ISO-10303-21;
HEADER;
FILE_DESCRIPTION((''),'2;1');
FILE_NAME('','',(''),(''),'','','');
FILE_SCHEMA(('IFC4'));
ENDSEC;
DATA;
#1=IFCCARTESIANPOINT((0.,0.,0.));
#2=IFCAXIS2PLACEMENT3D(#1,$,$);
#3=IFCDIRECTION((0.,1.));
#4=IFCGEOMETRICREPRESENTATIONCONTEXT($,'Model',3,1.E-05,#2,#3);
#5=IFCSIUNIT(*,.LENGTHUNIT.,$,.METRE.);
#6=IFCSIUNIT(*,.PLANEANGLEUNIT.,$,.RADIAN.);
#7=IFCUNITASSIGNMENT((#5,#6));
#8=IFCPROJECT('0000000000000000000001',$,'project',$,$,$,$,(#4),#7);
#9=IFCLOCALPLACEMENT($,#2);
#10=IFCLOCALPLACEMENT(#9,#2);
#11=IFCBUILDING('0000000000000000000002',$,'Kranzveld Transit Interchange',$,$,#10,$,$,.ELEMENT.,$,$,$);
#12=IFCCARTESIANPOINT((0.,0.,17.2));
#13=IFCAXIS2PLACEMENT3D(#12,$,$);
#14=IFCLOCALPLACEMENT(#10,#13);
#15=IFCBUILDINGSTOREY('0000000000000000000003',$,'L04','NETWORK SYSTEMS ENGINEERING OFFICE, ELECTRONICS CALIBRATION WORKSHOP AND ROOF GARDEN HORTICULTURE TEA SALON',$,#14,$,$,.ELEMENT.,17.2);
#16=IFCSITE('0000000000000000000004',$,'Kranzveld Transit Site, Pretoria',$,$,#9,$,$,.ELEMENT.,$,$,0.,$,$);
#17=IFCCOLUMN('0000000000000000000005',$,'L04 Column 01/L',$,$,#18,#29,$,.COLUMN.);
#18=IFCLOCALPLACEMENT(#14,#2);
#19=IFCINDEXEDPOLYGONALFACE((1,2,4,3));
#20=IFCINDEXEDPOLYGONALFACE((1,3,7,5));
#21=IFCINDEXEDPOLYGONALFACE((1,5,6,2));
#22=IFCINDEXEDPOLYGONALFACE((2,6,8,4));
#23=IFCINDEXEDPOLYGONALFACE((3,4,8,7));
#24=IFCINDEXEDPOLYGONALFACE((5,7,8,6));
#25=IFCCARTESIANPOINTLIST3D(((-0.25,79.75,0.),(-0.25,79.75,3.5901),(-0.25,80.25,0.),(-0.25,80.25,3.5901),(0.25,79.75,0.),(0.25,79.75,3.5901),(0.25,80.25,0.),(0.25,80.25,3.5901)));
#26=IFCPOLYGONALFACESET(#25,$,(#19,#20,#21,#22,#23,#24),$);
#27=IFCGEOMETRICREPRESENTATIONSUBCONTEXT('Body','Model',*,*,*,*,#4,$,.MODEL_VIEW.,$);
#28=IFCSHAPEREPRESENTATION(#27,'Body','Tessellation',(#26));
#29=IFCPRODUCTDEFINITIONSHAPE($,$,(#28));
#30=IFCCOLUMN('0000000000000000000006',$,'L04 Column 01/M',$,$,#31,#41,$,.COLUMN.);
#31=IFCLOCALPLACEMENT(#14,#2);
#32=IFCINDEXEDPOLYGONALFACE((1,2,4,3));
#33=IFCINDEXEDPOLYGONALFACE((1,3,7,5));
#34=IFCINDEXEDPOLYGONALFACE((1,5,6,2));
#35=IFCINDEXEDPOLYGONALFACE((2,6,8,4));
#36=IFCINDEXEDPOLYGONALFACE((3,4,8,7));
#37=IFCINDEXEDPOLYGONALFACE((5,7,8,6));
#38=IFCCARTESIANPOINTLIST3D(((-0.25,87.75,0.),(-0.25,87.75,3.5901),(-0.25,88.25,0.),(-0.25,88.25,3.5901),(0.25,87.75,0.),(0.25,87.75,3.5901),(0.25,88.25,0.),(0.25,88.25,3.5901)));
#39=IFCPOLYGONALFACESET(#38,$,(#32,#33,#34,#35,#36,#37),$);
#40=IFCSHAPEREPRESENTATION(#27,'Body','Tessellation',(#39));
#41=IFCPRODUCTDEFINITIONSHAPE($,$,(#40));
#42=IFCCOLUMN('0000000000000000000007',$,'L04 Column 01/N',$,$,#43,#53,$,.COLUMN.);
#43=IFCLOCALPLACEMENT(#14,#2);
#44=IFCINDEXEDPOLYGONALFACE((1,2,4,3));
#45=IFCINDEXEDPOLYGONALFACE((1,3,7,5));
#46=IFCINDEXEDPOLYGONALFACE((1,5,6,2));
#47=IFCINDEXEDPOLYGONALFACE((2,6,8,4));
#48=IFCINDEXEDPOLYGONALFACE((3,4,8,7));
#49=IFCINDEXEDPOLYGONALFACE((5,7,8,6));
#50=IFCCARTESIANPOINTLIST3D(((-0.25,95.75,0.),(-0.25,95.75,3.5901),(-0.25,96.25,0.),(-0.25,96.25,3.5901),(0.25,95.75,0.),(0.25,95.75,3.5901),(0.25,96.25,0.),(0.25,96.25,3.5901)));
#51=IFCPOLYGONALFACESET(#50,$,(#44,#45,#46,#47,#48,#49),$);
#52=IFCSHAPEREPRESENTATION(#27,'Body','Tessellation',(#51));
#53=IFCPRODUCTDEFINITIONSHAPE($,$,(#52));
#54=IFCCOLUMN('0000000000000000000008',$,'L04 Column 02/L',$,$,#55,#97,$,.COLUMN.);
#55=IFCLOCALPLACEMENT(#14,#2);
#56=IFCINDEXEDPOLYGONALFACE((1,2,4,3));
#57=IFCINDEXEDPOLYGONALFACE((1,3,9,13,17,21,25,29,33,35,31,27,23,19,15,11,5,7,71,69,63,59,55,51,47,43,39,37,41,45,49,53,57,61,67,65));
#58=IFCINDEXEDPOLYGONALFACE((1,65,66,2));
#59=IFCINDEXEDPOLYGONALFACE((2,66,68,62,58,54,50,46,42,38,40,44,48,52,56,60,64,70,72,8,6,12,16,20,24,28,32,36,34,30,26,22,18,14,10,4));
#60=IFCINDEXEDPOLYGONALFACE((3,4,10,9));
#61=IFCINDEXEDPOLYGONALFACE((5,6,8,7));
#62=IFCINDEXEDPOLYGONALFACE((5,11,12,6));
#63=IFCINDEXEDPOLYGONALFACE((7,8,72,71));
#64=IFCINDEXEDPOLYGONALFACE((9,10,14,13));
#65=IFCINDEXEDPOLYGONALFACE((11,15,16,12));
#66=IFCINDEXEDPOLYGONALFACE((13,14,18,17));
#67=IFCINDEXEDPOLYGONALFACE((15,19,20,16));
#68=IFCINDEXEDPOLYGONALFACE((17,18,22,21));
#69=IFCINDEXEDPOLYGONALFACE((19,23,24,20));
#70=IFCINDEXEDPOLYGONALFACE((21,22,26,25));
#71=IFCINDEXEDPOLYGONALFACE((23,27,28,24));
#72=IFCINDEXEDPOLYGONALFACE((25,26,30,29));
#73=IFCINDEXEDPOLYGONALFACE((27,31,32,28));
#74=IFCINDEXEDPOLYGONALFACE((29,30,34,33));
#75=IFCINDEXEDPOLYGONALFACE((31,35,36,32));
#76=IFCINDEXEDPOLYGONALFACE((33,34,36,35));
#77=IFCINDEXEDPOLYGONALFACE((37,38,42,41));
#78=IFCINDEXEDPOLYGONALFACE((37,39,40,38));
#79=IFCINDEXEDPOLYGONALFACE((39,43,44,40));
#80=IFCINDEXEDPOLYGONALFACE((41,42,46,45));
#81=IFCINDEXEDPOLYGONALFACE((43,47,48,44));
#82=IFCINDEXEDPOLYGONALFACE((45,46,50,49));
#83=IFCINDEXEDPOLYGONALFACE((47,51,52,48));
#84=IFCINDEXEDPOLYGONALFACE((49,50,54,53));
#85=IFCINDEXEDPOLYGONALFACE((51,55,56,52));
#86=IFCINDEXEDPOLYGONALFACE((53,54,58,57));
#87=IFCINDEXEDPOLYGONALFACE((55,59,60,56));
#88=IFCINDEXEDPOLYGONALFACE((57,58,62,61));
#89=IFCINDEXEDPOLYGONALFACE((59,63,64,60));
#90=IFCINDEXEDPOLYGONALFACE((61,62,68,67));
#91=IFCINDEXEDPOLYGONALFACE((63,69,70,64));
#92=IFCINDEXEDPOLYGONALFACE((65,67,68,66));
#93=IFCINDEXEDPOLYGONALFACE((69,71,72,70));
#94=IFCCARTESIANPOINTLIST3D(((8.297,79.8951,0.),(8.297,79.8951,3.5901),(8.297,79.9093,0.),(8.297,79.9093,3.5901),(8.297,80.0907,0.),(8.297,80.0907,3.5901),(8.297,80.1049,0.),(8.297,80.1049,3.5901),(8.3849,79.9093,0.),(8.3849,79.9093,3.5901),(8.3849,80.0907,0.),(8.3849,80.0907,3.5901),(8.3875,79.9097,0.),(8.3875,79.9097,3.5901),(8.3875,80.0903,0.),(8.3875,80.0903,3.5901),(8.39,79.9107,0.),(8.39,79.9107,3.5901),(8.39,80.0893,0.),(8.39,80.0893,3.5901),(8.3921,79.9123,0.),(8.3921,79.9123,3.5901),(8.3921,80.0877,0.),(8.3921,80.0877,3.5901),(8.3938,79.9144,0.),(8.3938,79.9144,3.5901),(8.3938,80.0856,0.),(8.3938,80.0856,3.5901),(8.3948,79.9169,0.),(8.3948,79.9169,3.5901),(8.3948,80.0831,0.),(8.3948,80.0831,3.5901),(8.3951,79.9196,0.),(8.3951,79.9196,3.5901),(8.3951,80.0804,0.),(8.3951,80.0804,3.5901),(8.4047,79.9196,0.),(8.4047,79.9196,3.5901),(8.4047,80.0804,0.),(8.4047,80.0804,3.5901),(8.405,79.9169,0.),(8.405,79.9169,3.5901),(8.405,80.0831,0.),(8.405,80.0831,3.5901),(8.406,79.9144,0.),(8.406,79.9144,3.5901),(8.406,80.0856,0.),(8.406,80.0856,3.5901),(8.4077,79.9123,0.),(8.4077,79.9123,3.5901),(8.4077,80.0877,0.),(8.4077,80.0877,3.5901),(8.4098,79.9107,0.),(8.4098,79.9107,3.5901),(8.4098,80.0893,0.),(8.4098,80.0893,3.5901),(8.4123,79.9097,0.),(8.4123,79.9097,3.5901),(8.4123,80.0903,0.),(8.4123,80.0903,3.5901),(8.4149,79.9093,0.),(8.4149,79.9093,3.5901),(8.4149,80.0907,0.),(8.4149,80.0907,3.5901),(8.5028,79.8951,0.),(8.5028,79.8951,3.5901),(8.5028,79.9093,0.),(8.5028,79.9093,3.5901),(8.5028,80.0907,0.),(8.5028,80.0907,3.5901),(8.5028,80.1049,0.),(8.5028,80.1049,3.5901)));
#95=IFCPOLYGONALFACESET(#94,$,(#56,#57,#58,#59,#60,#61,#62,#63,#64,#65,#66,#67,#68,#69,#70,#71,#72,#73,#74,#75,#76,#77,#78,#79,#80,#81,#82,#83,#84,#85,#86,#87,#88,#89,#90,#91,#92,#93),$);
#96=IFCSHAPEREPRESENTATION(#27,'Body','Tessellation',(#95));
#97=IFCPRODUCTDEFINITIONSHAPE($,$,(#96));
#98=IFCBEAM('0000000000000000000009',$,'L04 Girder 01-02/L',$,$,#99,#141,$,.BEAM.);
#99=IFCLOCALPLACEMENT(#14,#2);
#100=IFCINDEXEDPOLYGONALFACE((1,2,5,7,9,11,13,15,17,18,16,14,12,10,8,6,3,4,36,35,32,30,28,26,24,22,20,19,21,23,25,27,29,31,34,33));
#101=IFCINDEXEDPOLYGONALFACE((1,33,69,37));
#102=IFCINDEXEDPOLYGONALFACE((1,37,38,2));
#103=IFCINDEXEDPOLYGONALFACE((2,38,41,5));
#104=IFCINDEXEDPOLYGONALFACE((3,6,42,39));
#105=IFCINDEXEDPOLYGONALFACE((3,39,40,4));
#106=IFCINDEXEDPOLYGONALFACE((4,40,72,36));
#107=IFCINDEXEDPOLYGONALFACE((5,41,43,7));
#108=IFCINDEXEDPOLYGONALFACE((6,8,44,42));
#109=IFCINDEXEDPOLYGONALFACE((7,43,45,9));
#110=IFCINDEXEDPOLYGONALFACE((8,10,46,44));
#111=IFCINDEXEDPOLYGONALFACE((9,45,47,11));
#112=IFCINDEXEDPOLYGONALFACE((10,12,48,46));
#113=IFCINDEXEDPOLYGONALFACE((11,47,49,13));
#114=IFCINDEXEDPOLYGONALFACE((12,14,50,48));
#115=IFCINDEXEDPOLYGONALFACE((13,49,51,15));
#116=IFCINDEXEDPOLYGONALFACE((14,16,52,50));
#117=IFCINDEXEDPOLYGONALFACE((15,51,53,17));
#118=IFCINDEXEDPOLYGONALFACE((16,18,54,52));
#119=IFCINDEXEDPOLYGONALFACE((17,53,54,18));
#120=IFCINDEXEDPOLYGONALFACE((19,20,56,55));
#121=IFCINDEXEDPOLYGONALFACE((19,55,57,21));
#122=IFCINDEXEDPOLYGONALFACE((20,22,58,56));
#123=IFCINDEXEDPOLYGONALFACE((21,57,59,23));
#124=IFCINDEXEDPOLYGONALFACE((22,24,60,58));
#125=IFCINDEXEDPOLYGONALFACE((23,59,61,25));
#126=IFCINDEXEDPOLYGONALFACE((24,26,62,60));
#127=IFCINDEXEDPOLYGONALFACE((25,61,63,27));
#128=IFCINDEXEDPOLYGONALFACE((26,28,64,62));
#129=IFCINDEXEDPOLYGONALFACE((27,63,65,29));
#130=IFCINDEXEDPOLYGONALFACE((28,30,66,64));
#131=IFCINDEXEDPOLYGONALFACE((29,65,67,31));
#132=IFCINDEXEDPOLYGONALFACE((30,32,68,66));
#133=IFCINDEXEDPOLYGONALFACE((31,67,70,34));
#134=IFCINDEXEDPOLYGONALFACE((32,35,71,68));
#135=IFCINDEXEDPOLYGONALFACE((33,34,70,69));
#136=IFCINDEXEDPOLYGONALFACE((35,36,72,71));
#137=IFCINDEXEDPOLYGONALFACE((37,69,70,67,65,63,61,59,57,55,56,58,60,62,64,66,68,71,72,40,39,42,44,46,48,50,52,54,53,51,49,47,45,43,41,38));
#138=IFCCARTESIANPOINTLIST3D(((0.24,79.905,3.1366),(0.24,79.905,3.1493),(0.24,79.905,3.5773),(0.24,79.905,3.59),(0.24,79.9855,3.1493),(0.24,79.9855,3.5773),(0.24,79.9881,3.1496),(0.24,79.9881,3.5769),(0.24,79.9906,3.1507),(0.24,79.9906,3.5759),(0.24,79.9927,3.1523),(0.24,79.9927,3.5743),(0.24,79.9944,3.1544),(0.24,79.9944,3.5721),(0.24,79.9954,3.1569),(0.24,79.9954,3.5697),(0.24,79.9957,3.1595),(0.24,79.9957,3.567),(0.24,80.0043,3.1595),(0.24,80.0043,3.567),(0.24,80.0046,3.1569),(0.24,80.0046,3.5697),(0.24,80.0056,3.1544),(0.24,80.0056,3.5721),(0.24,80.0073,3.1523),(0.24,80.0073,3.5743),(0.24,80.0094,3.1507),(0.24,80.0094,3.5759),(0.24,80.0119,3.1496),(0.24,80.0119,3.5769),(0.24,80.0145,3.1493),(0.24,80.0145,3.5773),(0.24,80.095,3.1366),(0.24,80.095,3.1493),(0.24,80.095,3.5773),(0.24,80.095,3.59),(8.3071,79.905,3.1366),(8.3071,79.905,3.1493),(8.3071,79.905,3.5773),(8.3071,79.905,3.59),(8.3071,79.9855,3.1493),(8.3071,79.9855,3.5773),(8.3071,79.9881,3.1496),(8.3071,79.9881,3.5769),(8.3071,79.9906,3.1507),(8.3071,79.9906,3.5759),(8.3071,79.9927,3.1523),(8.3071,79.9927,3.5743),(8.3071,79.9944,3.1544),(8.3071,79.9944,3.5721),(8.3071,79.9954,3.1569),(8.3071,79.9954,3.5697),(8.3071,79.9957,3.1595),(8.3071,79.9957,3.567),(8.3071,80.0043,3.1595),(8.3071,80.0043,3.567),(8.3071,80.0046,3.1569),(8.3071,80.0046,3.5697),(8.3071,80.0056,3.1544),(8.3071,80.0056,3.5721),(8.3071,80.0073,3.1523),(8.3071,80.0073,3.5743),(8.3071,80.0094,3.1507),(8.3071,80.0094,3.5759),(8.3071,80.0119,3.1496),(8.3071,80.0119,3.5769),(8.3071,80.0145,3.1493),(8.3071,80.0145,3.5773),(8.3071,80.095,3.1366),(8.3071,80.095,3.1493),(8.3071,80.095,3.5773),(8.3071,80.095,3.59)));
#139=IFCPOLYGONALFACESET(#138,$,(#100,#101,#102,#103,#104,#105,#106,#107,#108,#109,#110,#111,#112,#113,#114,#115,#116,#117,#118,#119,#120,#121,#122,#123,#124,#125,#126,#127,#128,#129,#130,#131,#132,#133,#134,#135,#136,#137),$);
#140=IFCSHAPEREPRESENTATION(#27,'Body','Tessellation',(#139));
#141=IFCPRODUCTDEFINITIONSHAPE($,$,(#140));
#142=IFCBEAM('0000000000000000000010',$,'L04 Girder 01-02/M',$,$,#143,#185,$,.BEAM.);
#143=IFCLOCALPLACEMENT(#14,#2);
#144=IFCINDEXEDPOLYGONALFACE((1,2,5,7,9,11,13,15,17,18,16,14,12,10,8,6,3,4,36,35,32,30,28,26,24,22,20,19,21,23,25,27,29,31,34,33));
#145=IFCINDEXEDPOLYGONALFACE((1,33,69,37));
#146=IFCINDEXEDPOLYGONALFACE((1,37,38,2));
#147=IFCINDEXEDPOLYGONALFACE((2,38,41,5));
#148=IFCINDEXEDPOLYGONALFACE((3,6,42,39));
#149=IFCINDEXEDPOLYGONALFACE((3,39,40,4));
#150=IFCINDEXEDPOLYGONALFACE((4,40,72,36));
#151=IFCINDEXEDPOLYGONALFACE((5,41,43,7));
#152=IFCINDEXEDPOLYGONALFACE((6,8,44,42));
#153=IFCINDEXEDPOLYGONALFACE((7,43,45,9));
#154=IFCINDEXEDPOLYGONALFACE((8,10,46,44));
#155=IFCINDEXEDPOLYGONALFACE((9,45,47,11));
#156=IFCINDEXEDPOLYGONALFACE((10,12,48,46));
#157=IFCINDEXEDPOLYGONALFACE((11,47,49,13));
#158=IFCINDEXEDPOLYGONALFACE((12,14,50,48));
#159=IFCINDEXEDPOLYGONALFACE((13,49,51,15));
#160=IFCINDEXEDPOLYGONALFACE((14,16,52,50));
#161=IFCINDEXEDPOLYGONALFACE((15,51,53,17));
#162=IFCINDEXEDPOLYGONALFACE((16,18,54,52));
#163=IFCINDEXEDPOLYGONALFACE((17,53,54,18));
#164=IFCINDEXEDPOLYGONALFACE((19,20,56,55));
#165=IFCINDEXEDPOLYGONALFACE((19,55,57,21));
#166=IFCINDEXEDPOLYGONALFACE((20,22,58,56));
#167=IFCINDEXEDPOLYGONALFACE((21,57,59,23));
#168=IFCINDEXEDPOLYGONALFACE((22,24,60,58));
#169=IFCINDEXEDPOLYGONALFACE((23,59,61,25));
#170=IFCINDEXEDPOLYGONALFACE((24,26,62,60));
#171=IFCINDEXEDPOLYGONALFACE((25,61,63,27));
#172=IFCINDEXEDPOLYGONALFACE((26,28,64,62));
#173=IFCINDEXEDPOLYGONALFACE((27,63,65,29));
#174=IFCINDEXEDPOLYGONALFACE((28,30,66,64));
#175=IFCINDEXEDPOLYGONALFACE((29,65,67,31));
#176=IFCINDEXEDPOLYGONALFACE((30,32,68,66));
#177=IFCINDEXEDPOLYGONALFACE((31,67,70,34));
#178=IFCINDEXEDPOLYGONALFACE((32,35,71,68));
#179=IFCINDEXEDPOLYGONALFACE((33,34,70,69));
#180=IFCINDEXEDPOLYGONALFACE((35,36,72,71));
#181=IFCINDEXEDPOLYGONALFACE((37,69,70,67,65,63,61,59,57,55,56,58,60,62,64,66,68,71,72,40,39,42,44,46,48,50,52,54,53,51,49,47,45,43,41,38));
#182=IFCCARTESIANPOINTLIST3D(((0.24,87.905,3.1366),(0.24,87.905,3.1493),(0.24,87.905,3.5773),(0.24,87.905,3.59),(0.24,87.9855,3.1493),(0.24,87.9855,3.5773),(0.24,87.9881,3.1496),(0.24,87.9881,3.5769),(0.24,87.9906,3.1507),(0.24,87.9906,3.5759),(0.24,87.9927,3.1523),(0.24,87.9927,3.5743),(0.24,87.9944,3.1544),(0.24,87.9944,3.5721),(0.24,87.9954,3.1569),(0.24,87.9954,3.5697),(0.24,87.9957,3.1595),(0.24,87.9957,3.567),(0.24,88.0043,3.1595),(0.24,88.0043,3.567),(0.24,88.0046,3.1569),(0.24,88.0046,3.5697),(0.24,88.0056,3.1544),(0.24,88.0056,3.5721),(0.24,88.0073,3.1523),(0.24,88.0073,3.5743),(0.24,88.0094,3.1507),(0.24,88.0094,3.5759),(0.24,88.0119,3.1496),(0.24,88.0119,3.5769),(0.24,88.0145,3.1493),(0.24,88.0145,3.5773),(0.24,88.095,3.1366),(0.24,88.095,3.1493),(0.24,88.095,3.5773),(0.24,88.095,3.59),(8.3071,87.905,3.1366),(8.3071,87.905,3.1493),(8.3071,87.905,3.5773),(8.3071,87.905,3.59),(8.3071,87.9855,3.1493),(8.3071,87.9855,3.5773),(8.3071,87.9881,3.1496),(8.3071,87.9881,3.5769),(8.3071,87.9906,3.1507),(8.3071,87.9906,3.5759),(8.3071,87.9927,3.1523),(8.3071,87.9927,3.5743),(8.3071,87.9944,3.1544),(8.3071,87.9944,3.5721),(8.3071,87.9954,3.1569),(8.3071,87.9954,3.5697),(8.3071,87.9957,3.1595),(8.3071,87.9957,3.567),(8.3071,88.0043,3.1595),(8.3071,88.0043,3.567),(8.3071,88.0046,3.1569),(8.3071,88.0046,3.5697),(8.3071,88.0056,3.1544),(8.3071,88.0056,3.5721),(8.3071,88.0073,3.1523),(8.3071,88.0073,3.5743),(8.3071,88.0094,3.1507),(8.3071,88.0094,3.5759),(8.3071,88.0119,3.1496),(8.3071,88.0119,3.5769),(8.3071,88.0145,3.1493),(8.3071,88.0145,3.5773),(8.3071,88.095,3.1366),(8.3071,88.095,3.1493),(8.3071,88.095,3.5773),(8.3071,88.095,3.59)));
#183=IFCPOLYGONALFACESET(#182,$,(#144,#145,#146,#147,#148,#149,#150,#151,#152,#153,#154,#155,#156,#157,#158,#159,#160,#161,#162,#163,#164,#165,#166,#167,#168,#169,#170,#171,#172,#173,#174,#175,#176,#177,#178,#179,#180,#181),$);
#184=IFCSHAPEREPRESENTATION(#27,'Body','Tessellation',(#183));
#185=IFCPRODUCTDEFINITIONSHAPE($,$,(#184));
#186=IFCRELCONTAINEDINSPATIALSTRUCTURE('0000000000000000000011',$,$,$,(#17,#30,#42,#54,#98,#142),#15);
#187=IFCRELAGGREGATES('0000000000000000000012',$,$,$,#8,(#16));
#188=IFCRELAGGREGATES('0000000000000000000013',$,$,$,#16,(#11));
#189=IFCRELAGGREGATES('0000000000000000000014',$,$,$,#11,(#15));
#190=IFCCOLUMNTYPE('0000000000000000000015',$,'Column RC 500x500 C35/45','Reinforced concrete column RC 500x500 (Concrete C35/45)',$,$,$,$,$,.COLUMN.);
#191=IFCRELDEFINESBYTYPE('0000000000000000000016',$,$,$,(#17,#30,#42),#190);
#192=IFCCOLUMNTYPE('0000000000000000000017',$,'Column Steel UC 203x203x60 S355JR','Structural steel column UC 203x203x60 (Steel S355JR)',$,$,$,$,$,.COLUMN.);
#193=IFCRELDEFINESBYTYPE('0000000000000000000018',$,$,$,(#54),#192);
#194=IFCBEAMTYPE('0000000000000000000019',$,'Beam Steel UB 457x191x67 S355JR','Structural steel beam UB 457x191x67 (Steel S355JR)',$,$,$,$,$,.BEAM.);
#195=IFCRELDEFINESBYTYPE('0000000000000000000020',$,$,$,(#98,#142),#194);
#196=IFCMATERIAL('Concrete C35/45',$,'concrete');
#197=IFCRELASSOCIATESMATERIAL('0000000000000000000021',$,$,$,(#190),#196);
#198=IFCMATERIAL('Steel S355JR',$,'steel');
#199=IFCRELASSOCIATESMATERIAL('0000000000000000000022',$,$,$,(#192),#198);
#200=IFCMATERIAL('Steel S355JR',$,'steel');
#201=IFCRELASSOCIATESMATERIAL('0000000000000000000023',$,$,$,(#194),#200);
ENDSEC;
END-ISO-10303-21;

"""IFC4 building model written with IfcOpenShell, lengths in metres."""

from ifc_helpers import new_model, si_unit, direction, frame, origin, origin_2d, place, context, subcontext, project, spatial, rectangle, i_section, extrude, material, material_profile, profile_set, type_object, element, save


model = new_model("IFC4")

# Units and contexts
model_context = context("Model", 3, precision=1e-05, world=origin(), true_north=direction((0.0, 1.0)))
body_context = subcontext(model_context, "Body", "Model", "MODEL_VIEW")
ifc_project = project(units=[si_unit("LENGTHUNIT", "METRE"), si_unit("PLANEANGLEUNIT", "RADIAN")], contexts=[model_context])

# Site, building, storey
site_placement = place(None, origin())
site = spatial("IfcSite", under=ifc_project, at=site_placement, Name="Kranzveld Transit Site, Pretoria", CompositionType="ELEMENT", RefElevation=0.0)
building_placement = place(site_placement, origin())
building = spatial("IfcBuilding", under=site, at=building_placement, Name="Kranzveld Transit Interchange", CompositionType="ELEMENT")
storey_placement = place(building_placement, frame((0.0, 0.0, 17.2)))
storey = spatial("IfcBuildingStorey", under=building, at=storey_placement, Name="L04", Description="NETWORK SYSTEMS ENGINEERING OFFICE, ELECTRONICS CALIBRATION WORKSHOP AND ROOF GARDEN HORTICULTURE TEA SALON", CompositionType="ELEMENT", Elevation=17.2)

# Columns
ifc_material_1 = material(Name="Concrete C35/45", Category="concrete")
ifc_material_profile_1 = material_profile(ifc_material_1, rectangle(XDim=0.5, YDim=0.5, at=origin_2d()), Name="RC 500x500")
ifc_profile_set_1 = profile_set([ifc_material_profile_1], Name="Concrete C35/45")
column_type_1 = type_object("IfcColumnType", Name="Column RC 500x500 C35/45", Description="Reinforced concrete column RC 500x500 (Concrete C35/45)", PredefinedType="COLUMN", material=ifc_profile_set_1)
for number, where, z_axis, x_axis, name in (
    (1, (0.0, 80.0, 0.0), (0.0, 0.0, 1.0), (1.0, 0.0, 0.0), "L04 Column 01/L"),
    (2, (0.0, 88.0, 0.0), (0.0, 0.0, 1.0), (1.0, 0.0, 0.0), "L04 Column 01/M"),
    (3, (0.0, 96.0, 0.0), (0.0, 0.0, 1.0), (1.0, 0.0, 0.0), "L04 Column 01/N"),
):
    element("IfcColumn", number, at=place(storey_placement, frame(where, z_axis=z_axis, x_axis=x_axis)), inside=storey, type_object=column_type_1, Name=name, PredefinedType="COLUMN", context=body_context, shape_type="SweptSolid", body=[
        extrude(rectangle(XDim=0.5, YDim=0.5, at=origin_2d()), origin(), (0.0, 0.0, 1.0), 3.5901),
    ])
ifc_material_2 = material(Name="Steel S355JR", Category="steel")
ifc_material_profile_2 = material_profile(ifc_material_2, i_section(OverallWidth=0.2058, OverallDepth=0.2097, WebThickness=0.0095, FlangeThickness=0.0142, FilletRadius=0.0103, at=origin_2d()), Name="UC 203x203x60")
ifc_profile_set_2 = profile_set([ifc_material_profile_2], Name="Steel S355JR")
column_type_2 = type_object("IfcColumnType", Name="Column Steel UC 203x203x60 S355JR", Description="Structural steel column UC 203x203x60 (Steel S355JR)", PredefinedType="COLUMN", material=ifc_profile_set_2)
column_placement = place(storey_placement, frame((8.3999, 80.0, 0.0), z_axis=(0.0, 0.0, 1.0), x_axis=(1.0, 0.0, 0.0)))
element("IfcColumn", 4, at=column_placement, inside=storey, type_object=column_type_2, Name="L04 Column 02/L", PredefinedType="COLUMN", context=body_context, shape_type="SweptSolid", body=[
    extrude(i_section(OverallWidth=0.2058, OverallDepth=0.2097, WebThickness=0.0095, FlangeThickness=0.0142, FilletRadius=0.0103, at=origin_2d()), origin(), (0.0, 0.0, 1.0), 3.5901),
])

# Beams
ifc_material_3 = material(Name="Steel S355JR", Category="steel")
ifc_material_profile_3 = material_profile(ifc_material_3, i_section(OverallWidth=0.1899, OverallDepth=0.4534, WebThickness=0.0085, FlangeThickness=0.0127, FilletRadius=0.0103, at=origin_2d()), Name="UB 457x191x67")
ifc_profile_set_3 = profile_set([ifc_material_profile_3], Name="Steel S355JR")
beam_type_1 = type_object("IfcBeamType", Name="Beam Steel UB 457x191x67 S355JR", Description="Structural steel beam UB 457x191x67 (Steel S355JR)", PredefinedType="BEAM", material=ifc_profile_set_3)
for number, where, z_axis, x_axis, name in (
    (5, (0.24, 80.0, 3.3633), (1.0, 0.0, 0.0), (0.0, 1.0, 0.0), "L04 Girder 01-02/L"),
    (6, (0.24, 88.0, 3.3633), (1.0, 0.0, 0.0), (0.0, 1.0, 0.0), "L04 Girder 01-02/M"),
):
    element("IfcBeam", number, at=place(storey_placement, frame(where, z_axis=z_axis, x_axis=x_axis)), inside=storey, type_object=beam_type_1, Name=name, PredefinedType="BEAM", context=body_context, shape_type="SweptSolid", body=[
        extrude(i_section(OverallWidth=0.1899, OverallDepth=0.4534, WebThickness=0.0085, FlangeThickness=0.0127, FilletRadius=0.0103, at=origin_2d()), origin(), (0.0, 0.0, 1.0), 8.0671),
    ])

save(model, "model.ifc")
